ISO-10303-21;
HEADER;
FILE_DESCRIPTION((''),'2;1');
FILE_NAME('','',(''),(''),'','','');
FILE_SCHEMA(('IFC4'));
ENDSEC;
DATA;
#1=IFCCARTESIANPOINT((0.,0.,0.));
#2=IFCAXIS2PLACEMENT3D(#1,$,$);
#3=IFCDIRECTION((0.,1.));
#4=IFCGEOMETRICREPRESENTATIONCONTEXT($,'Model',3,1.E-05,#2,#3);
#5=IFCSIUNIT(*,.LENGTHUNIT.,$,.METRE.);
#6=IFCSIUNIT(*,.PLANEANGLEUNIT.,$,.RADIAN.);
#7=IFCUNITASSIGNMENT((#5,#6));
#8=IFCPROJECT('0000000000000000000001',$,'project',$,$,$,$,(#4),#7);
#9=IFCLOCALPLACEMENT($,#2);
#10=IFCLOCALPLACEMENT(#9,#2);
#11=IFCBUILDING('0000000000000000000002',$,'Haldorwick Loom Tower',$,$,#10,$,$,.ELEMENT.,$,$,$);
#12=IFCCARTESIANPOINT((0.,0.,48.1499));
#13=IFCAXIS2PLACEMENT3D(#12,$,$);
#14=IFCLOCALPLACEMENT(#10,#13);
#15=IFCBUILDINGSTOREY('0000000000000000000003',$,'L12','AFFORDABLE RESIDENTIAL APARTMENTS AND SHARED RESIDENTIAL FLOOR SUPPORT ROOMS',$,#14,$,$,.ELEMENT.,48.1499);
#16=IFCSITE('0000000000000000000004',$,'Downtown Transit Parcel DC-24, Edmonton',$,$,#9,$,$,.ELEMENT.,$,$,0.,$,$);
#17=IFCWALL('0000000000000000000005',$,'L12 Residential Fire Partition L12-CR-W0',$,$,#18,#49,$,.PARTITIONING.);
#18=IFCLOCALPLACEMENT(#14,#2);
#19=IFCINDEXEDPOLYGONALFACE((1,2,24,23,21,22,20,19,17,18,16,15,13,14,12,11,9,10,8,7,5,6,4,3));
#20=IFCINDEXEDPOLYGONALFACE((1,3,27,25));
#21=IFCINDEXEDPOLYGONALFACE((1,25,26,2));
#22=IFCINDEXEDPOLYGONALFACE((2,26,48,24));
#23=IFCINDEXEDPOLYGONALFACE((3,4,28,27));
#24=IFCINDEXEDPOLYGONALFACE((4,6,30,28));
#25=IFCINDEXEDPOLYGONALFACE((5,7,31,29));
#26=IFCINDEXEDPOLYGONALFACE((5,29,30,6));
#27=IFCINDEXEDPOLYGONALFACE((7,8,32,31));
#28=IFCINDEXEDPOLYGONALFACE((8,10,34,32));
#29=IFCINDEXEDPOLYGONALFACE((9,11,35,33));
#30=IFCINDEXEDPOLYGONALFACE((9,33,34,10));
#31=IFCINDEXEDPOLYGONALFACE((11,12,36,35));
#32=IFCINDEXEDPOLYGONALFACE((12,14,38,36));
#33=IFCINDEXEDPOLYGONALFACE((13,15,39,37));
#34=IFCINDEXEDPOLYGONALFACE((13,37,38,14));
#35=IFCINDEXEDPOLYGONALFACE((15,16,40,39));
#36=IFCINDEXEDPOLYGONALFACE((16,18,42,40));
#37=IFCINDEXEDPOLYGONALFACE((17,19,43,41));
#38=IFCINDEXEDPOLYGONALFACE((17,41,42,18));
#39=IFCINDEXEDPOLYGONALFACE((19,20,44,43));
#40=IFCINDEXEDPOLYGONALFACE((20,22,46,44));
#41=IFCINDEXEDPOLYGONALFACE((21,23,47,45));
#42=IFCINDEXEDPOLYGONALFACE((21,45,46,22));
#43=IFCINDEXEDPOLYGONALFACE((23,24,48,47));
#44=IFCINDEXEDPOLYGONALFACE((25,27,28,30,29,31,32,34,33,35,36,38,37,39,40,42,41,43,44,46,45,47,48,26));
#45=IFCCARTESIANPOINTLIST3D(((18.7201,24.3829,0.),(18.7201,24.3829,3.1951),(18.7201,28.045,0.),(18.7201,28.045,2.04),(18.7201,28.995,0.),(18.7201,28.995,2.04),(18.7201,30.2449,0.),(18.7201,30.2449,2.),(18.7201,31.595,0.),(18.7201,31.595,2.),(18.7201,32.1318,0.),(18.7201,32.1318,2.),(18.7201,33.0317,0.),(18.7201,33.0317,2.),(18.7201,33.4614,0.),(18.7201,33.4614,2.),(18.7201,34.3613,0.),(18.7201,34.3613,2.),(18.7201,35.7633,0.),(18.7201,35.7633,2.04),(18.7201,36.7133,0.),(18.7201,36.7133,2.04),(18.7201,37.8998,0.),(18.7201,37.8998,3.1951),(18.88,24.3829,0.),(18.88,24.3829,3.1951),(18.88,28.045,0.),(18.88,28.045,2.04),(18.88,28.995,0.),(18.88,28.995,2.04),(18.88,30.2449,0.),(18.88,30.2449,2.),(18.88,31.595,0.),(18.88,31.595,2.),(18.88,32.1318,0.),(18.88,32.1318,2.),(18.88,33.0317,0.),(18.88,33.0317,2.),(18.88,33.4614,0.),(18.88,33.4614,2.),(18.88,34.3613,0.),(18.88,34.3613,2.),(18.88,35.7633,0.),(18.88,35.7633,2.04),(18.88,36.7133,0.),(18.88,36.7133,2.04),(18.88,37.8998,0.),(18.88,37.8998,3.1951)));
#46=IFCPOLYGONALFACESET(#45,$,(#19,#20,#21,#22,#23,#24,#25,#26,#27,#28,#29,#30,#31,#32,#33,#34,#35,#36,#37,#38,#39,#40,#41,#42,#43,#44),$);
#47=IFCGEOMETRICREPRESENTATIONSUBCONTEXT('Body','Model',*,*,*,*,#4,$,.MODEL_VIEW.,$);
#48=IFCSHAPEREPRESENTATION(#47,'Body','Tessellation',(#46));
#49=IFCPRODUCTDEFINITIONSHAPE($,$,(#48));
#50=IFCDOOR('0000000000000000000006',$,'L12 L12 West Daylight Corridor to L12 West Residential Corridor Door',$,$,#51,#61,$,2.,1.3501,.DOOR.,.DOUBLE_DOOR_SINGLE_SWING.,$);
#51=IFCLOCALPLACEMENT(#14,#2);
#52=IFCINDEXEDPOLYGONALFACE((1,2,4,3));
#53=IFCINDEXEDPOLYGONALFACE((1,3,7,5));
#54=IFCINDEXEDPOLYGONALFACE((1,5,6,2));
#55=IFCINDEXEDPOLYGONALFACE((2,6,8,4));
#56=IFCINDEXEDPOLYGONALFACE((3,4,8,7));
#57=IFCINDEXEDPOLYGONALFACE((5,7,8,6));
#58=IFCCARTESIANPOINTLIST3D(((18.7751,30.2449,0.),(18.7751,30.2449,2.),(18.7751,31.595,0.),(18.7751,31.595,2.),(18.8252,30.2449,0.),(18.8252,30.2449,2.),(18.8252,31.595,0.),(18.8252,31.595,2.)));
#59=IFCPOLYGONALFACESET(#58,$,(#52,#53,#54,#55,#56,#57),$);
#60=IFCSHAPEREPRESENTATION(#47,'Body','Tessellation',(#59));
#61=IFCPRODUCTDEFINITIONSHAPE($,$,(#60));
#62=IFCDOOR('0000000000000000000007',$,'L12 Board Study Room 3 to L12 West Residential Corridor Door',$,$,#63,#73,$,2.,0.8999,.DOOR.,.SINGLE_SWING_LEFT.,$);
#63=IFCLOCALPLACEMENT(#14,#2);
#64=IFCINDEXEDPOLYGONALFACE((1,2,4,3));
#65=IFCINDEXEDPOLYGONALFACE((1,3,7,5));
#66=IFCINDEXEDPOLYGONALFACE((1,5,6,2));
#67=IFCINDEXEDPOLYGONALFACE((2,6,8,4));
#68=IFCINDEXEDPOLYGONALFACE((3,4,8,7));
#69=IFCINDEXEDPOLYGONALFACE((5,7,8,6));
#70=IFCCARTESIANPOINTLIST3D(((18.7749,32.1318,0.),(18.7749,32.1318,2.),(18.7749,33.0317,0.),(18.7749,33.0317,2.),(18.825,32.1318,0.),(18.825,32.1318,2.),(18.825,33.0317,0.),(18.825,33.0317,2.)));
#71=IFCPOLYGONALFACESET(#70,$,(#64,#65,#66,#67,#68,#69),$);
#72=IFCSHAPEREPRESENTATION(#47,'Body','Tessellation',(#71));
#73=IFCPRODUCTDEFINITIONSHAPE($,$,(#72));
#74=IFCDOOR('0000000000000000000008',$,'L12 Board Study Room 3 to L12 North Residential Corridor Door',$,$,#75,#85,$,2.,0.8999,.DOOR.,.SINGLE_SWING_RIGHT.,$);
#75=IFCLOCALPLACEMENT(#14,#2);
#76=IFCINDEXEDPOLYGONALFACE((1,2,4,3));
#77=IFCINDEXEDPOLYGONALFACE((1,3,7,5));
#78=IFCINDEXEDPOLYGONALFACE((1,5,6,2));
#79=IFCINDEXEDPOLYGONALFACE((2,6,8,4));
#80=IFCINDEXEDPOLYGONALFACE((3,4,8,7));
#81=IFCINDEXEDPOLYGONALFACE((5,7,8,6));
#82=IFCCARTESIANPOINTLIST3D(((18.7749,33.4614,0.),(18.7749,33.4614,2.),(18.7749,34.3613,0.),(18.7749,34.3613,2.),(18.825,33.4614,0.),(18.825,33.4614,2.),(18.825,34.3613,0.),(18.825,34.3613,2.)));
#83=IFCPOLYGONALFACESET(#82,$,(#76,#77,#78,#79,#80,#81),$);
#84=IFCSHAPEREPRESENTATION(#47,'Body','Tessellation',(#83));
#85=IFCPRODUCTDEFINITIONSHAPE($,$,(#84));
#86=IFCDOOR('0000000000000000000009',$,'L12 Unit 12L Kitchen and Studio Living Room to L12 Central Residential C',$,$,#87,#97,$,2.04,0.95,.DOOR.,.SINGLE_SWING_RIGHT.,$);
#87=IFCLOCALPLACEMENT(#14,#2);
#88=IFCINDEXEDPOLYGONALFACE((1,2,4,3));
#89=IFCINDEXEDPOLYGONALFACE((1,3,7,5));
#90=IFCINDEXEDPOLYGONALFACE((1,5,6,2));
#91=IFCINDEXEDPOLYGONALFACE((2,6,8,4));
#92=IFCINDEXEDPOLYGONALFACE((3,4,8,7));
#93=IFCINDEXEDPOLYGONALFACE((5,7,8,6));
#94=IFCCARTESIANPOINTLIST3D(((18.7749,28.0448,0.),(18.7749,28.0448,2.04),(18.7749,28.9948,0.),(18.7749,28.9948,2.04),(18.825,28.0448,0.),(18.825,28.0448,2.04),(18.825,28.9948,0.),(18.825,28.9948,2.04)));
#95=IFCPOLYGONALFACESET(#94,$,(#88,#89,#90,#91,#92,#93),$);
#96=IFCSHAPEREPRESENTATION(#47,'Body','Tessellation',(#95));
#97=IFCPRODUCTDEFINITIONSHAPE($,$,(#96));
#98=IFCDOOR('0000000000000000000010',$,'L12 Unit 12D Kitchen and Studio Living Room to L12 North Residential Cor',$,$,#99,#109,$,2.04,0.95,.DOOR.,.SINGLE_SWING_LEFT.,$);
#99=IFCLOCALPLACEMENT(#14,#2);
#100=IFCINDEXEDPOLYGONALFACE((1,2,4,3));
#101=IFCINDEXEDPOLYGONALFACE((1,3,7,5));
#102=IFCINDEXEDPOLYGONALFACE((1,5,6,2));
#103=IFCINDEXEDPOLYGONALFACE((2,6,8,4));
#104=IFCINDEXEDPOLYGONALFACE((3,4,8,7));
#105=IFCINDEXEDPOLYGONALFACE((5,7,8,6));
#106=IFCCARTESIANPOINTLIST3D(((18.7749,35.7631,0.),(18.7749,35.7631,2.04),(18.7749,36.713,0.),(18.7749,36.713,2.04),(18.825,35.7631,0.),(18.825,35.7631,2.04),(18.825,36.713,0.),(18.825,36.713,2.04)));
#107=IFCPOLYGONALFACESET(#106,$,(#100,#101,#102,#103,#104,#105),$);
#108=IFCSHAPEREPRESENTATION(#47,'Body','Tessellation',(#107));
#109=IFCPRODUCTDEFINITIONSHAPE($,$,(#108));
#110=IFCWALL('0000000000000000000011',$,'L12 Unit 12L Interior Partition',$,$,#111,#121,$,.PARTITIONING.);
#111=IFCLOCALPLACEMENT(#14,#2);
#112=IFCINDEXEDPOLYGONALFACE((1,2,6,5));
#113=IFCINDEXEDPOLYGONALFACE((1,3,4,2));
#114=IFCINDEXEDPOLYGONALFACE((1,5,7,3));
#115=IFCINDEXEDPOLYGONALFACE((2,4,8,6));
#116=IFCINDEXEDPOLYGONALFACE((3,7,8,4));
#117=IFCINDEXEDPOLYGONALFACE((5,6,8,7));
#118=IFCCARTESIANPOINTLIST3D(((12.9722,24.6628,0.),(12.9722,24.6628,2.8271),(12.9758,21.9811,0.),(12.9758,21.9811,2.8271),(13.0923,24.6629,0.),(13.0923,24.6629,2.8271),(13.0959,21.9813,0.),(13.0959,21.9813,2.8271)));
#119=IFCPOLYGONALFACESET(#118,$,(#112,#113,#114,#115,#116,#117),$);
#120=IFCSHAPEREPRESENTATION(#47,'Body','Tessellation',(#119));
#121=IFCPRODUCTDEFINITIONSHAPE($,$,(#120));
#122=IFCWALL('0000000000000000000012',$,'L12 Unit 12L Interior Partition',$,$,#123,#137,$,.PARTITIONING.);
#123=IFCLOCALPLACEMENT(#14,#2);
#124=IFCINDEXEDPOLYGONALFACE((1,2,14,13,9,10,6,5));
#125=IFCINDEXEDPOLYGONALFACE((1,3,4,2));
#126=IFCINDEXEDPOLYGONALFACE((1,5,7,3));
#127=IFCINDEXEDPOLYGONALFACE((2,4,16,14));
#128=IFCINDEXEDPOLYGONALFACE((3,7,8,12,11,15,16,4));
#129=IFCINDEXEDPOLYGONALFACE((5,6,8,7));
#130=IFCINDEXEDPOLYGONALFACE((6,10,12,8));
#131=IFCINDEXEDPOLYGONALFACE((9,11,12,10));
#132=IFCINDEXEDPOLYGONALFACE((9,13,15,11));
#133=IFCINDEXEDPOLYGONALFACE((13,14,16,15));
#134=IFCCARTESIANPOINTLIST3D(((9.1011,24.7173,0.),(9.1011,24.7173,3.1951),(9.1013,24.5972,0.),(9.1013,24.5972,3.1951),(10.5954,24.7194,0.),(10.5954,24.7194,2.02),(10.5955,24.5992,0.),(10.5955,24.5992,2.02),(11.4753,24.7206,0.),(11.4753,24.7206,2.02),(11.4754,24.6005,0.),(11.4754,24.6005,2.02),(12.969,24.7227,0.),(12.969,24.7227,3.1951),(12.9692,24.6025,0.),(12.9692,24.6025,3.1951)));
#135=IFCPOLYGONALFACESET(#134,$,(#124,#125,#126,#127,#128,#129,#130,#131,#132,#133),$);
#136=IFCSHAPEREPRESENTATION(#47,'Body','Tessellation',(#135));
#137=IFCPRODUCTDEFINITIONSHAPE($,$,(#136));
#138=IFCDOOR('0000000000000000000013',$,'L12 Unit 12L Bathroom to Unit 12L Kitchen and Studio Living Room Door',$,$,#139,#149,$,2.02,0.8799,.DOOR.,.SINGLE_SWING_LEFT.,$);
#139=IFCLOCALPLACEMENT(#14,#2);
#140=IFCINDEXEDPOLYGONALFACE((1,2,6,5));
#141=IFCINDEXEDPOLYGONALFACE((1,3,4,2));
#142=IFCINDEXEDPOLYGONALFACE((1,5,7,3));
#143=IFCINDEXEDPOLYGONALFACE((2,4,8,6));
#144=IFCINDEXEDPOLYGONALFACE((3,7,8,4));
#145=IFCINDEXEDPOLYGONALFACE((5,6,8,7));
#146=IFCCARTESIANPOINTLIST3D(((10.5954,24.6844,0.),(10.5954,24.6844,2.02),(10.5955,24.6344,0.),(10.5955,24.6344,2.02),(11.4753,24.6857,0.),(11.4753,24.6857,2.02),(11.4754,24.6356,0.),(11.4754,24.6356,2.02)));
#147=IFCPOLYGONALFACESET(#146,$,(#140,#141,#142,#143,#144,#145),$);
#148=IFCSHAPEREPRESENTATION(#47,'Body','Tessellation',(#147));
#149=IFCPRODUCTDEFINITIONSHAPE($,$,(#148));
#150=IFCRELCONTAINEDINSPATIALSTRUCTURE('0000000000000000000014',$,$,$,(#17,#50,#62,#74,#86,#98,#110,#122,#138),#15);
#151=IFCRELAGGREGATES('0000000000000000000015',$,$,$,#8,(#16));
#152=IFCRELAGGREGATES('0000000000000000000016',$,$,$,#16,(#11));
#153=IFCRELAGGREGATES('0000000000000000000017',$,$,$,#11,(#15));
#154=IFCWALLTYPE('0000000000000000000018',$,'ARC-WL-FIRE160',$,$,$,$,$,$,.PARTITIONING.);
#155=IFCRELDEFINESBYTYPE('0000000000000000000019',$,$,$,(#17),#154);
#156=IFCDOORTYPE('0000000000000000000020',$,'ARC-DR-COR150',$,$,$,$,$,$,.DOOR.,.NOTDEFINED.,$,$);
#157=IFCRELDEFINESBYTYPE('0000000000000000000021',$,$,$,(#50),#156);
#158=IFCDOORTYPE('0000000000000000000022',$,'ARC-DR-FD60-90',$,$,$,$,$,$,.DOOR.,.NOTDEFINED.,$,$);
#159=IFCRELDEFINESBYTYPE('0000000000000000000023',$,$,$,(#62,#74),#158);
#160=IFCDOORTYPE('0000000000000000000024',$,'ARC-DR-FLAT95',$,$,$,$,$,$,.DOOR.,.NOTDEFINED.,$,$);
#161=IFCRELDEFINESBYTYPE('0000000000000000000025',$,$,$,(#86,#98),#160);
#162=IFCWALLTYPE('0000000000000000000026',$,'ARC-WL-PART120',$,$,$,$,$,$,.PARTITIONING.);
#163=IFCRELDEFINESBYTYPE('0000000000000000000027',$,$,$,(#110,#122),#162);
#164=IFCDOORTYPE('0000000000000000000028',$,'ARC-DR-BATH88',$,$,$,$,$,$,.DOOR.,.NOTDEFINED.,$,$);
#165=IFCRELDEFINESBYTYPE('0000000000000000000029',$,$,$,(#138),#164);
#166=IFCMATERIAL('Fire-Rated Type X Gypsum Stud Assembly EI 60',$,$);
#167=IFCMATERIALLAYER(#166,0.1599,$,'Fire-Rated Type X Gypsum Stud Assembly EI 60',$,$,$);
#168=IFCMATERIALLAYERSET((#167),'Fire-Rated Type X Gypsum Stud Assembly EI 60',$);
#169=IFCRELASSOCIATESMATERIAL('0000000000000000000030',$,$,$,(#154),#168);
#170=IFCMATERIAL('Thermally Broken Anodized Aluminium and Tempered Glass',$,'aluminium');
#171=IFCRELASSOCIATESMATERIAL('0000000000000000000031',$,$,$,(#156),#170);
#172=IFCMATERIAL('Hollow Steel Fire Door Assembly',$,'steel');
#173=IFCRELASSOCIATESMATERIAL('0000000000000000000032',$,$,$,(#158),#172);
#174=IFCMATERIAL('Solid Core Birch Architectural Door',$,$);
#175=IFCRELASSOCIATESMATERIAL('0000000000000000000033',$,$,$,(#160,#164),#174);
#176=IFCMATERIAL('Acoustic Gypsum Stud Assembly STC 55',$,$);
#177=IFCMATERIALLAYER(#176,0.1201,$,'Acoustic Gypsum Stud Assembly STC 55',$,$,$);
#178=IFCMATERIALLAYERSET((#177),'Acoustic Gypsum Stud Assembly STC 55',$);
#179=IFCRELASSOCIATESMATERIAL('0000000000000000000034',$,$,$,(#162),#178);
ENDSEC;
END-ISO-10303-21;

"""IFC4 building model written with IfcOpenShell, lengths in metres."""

from ifc_helpers import new_model, si_unit, direction, frame, frame_2d, origin, place, context, subcontext, project, spatial, rectangle, extrude, material, layer, layer_set, type_object, element, fill, save


model = new_model("IFC4")

# Units and contexts
model_context = context("Model", 3, precision=1e-05, world=origin(), true_north=direction((0.0, 1.0)))
body_context = subcontext(model_context, "Body", "Model", "MODEL_VIEW")
ifc_project = project(units=[si_unit("LENGTHUNIT", "METRE"), si_unit("PLANEANGLEUNIT", "RADIAN")], contexts=[model_context])

# Site, building, storey
site_placement = place(None, origin())
site = spatial("IfcSite", under=ifc_project, at=site_placement, Name="Downtown Transit Parcel DC-24, Edmonton", CompositionType="ELEMENT", RefElevation=0.0)
building_placement = place(site_placement, origin())
building = spatial("IfcBuilding", under=site, at=building_placement, Name="Haldorwick Loom Tower", CompositionType="ELEMENT")
storey_placement = place(building_placement, frame((0.0, 0.0, 48.1499)))
storey = spatial("IfcBuildingStorey", under=building, at=storey_placement, Name="L12", Description="AFFORDABLE RESIDENTIAL APARTMENTS AND SHARED RESIDENTIAL FLOOR SUPPORT ROOMS", CompositionType="ELEMENT", Elevation=48.1499)

# Wall, openings, doors
ifc_material_1 = material(Name="Fire-Rated Type X Gypsum Stud Assembly EI 60")
ifc_layer_1 = layer(ifc_material_1, 0.1599, Name="Fire-Rated Type X Gypsum Stud Assembly EI 60")
ifc_layer_set_1 = layer_set([ifc_layer_1], Name="Fire-Rated Type X Gypsum Stud Assembly EI 60")
wall_type_1 = type_object("IfcWallType", Name="ARC-WL-FIRE160", PredefinedType="PARTITIONING", material=ifc_layer_set_1)
ifc_material_2 = material(Name="Thermally Broken Anodized Aluminium and Tempered Glass", Category="aluminium")
door_type_1 = type_object("IfcDoorType", Name="ARC-DR-COR150", OperationType="NOTDEFINED", PredefinedType="DOOR", material=ifc_material_2)
ifc_material_3 = material(Name="Hollow Steel Fire Door Assembly", Category="steel")
door_type_2 = type_object("IfcDoorType", Name="ARC-DR-FD60-90", OperationType="NOTDEFINED", PredefinedType="DOOR", material=ifc_material_3)
wall_1_placement = place(storey_placement, frame((18.8, 24.3831, 0.0), z_axis=(0.0, 0.0, 1.0), x_axis=(0.0, 1.0, 0.0)))
wall_1 = element("IfcWall", 1, at=wall_1_placement, inside=storey, type_object=wall_type_1, Name="L12 Residential Fire Partition L12-CR-W0", PredefinedType="PARTITIONING", context=body_context, shape_type="SweptSolid", body=[
    extrude(rectangle(XDim=13.5168, YDim=0.1599, at=frame_2d((6.7583, 0.0))), origin(), (0.0, 0.0, 1.0), 3.1951),
])
opening_1_placement = place(wall_1_placement, frame((5.8618, 0.0, 0.0)))
opening_1 = element("IfcOpeningElement", 2, at=opening_1_placement, cuts=wall_1, PredefinedType="OPENING", context=body_context, shape_type="SweptSolid", body=[
    extrude(rectangle(XDim=1.3501, YDim=2.0, at=frame_2d((0.675, 1.0))), frame((0.0, 0.0898, 0.0), z_axis=(0.0, -1.0, 0.0), x_axis=(1.0, 0.0, 0.0)), (0.0, 0.0, 1.0), 0.1799),
])
opening_2_placement = place(wall_1_placement, frame((3.6619, 0.0, 0.0)))
opening_2 = element("IfcOpeningElement", 3, at=opening_2_placement, cuts=wall_1, PredefinedType="OPENING", context=body_context, shape_type="SweptSolid", body=[
    extrude(rectangle(XDim=0.95, YDim=2.04, at=frame_2d((0.4751, 1.02))), frame((0.0, 0.0898, 0.0), z_axis=(0.0, -1.0, 0.0), x_axis=(1.0, 0.0, 0.0)), (0.0, 0.0, 1.0), 0.1799),
])
opening_3_placement = place(wall_1_placement, frame((11.3801, 0.0, 0.0)))
opening_3 = element("IfcOpeningElement", 4, at=opening_3_placement, cuts=wall_1, PredefinedType="OPENING", context=body_context, shape_type="SweptSolid", body=[
    extrude(rectangle(XDim=0.95, YDim=2.04, at=frame_2d((0.4751, 1.02))), frame((0.0, 0.0898, 0.0), z_axis=(0.0, -1.0, 0.0), x_axis=(1.0, 0.0, 0.0)), (0.0, 0.0, 1.0), 0.1799),
])
opening_4_placement = place(wall_1_placement, frame((7.7488, 0.0, 0.0)))
opening_4 = element("IfcOpeningElement", 5, at=opening_4_placement, cuts=wall_1, PredefinedType="OPENING", context=body_context, shape_type="SweptSolid", body=[
    extrude(rectangle(XDim=0.8999, YDim=2.0, at=frame_2d((0.45, 1.0))), frame((0.0, 0.0898, 0.0), z_axis=(0.0, -1.0, 0.0), x_axis=(1.0, 0.0, 0.0)), (0.0, 0.0, 1.0), 0.1799),
])
opening_5_placement = place(wall_1_placement, frame((9.0784, 0.0, 0.0)))
opening_5 = element("IfcOpeningElement", 6, at=opening_5_placement, cuts=wall_1, PredefinedType="OPENING", context=body_context, shape_type="SweptSolid", body=[
    extrude(rectangle(XDim=0.8999, YDim=2.0, at=frame_2d((0.45, 1.0))), frame((0.0, 0.0898, 0.0), z_axis=(0.0, -1.0, 0.0), x_axis=(1.0, 0.0, 0.0)), (0.0, 0.0, 1.0), 0.1799),
])
door_1_placement = place(opening_1_placement, origin())
door_1 = element("IfcDoor", 7, at=door_1_placement, inside=storey, type_object=door_type_1, Name="L12 L12 West Daylight Corridor to L12 West Residential Corridor Door", OperationType="DOUBLE_DOOR_SINGLE_SWING", OverallHeight=2.0, OverallWidth=1.3501, PredefinedType="DOOR", context=body_context, shape_type="SweptSolid", body=[
    extrude(rectangle(XDim=1.3501, YDim=2.0, at=frame_2d((0.675, 1.0))), frame((0.0, 0.0249, 0.0), z_axis=(0.0, -1.0, 0.0), x_axis=(1.0, 0.0, 0.0)), (0.0, 0.0, 1.0), 0.05),
])
fill(opening_1, door_1)
door_2_placement = place(opening_4_placement, frame((0.8999, 0.0, 0.0), z_axis=(0.0, 0.0, 1.0), x_axis=(-1.0, 0.0, 0.0)))
door_2 = element("IfcDoor", 8, at=door_2_placement, inside=storey, type_object=door_type_2, Name="L12 Board Study Room 3 to L12 West Residential Corridor Door", OperationType="SINGLE_SWING_LEFT", OverallHeight=2.0, OverallWidth=0.8999, PredefinedType="DOOR", context=body_context, shape_type="SweptSolid", body=[
    extrude(rectangle(XDim=0.8999, YDim=2.0, at=frame_2d((0.45, 1.0))), frame((0.0, 0.0249, 0.0), z_axis=(0.0, -1.0, 0.0), x_axis=(1.0, 0.0, 0.0)), (0.0, 0.0, 1.0), 0.05),
])
fill(opening_4, door_2)
door_3_placement = place(opening_5_placement, frame((0.8999, 0.0, 0.0), z_axis=(0.0, 0.0, 1.0), x_axis=(-1.0, 0.0, 0.0)))
door_3 = element("IfcDoor", 9, at=door_3_placement, inside=storey, type_object=door_type_2, Name="L12 Board Study Room 3 to L12 North Residential Corridor Door", OperationType="SINGLE_SWING_RIGHT", OverallHeight=2.0, OverallWidth=0.8999, PredefinedType="DOOR", context=body_context, shape_type="SweptSolid", body=[
    extrude(rectangle(XDim=0.8999, YDim=2.0, at=frame_2d((0.45, 1.0))), frame((0.0, 0.0249, 0.0), z_axis=(0.0, -1.0, 0.0), x_axis=(1.0, 0.0, 0.0)), (0.0, 0.0, 1.0), 0.05),
])
fill(opening_5, door_3)
ifc_material_4 = material(Name="Solid Core Birch Architectural Door")
door_type_3 = type_object("IfcDoorType", Name="ARC-DR-FLAT95", OperationType="NOTDEFINED", PredefinedType="DOOR", material=ifc_material_4)
door_4_placement = place(opening_2_placement, frame((0.95, 0.0, 0.0), z_axis=(0.0, 0.0, 1.0), x_axis=(-1.0, 0.0, 0.0)))
door_4 = element("IfcDoor", 10, at=door_4_placement, inside=storey, type_object=door_type_3, Name="L12 Unit 12L Kitchen and Studio Living Room to L12 Central Residential C", OperationType="SINGLE_SWING_RIGHT", OverallHeight=2.04, OverallWidth=0.95, PredefinedType="DOOR", context=body_context, shape_type="SweptSolid", body=[
    extrude(rectangle(XDim=0.95, YDim=2.04, at=frame_2d((0.4751, 1.02))), frame((0.0, 0.0249, 0.0), z_axis=(0.0, -1.0, 0.0), x_axis=(1.0, 0.0, 0.0)), (0.0, 0.0, 1.0), 0.05),
])
fill(opening_2, door_4)
door_5_placement = place(opening_3_placement, frame((0.95, 0.0, 0.0), z_axis=(0.0, 0.0, 1.0), x_axis=(-1.0, 0.0, 0.0)))
door_5 = element("IfcDoor", 11, at=door_5_placement, inside=storey, type_object=door_type_3, Name="L12 Unit 12D Kitchen and Studio Living Room to L12 North Residential Cor", OperationType="SINGLE_SWING_LEFT", OverallHeight=2.04, OverallWidth=0.95, PredefinedType="DOOR", context=body_context, shape_type="SweptSolid", body=[
    extrude(rectangle(XDim=0.95, YDim=2.04, at=frame_2d((0.4751, 1.02))), frame((0.0, 0.0249, 0.0), z_axis=(0.0, -1.0, 0.0), x_axis=(1.0, 0.0, 0.0)), (0.0, 0.0, 1.0), 0.05),
])
fill(opening_3, door_5)

# Wall
ifc_material_5 = material(Name="Acoustic Gypsum Stud Assembly STC 55")
ifc_layer_2 = layer(ifc_material_5, 0.1201, Name="Acoustic Gypsum Stud Assembly STC 55")
ifc_layer_set_2 = layer_set([ifc_layer_2], Name="Acoustic Gypsum Stud Assembly STC 55")
wall_type_2 = type_object("IfcWallType", Name="ARC-WL-PART120", PredefinedType="PARTITIONING", material=ifc_layer_set_2)
wall_2_placement = place(storey_placement, frame((13.0322, 24.6628, 0.0), z_axis=(0.0, 0.0, 1.0), x_axis=(0.001366, -0.999999, 0.0)))
element("IfcWall", 12, at=wall_2_placement, inside=storey, type_object=wall_type_2, Name="L12 Unit 12L Interior Partition", PredefinedType="PARTITIONING", context=body_context, shape_type="SweptSolid", body=[
    extrude(rectangle(XDim=2.6816, YDim=0.1201, at=frame_2d((1.3408, 0.0))), origin(), (0.0, 0.0, 1.0), 2.8271),
])

# Wall, opening, door
wall_3_placement = place(storey_placement, frame((12.9692, 24.6626, 0.0), z_axis=(0.0, 0.0, 1.0), x_axis=(-0.999999, -0.001389, 0.0)))
wall_3 = element("IfcWall", 13, at=wall_3_placement, inside=storey, type_object=wall_type_2, Name="L12 Unit 12L Interior Partition", PredefinedType="PARTITIONING", context=body_context, shape_type="SweptSolid", body=[
    extrude(rectangle(XDim=3.8679, YDim=0.1201, at=frame_2d((1.9341, 0.0))), origin(), (0.0, 0.0, 1.0), 3.1951),
])
opening_6_placement = place(wall_3_placement, frame((1.4939, 0.0, 0.0)))
opening_6 = element("IfcOpeningElement", 14, at=opening_6_placement, cuts=wall_3, PredefinedType="OPENING", context=body_context, shape_type="SweptSolid", body=[
    extrude(rectangle(XDim=0.8799, YDim=2.02, at=frame_2d((0.4399, 1.01))), frame((0.0, 0.0701, 0.0), z_axis=(0.0, -1.0, 0.0), x_axis=(1.0, 0.0, 0.0)), (0.0, 0.0, 1.0), 0.1401),
])
door_type_4 = type_object("IfcDoorType", Name="ARC-DR-BATH88", OperationType="NOTDEFINED", PredefinedType="DOOR", material=ifc_material_4)
door_6_placement = place(opening_6_placement, origin())
door_6 = element("IfcDoor", 15, at=door_6_placement, inside=storey, type_object=door_type_4, Name="L12 Unit 12L Bathroom to Unit 12L Kitchen and Studio Living Room Door", OperationType="SINGLE_SWING_LEFT", OverallHeight=2.02, OverallWidth=0.8799, PredefinedType="DOOR", context=body_context, shape_type="SweptSolid", body=[
    extrude(rectangle(XDim=0.8799, YDim=2.02, at=frame_2d((0.4399, 1.01))), frame((0.0, 0.0249, 0.0), z_axis=(0.0, -1.0, 0.0), x_axis=(1.0, 0.0, 0.0)), (0.0, 0.0, 1.0), 0.05),
])
fill(opening_6, door_6)

save(model, "model.ifc")
